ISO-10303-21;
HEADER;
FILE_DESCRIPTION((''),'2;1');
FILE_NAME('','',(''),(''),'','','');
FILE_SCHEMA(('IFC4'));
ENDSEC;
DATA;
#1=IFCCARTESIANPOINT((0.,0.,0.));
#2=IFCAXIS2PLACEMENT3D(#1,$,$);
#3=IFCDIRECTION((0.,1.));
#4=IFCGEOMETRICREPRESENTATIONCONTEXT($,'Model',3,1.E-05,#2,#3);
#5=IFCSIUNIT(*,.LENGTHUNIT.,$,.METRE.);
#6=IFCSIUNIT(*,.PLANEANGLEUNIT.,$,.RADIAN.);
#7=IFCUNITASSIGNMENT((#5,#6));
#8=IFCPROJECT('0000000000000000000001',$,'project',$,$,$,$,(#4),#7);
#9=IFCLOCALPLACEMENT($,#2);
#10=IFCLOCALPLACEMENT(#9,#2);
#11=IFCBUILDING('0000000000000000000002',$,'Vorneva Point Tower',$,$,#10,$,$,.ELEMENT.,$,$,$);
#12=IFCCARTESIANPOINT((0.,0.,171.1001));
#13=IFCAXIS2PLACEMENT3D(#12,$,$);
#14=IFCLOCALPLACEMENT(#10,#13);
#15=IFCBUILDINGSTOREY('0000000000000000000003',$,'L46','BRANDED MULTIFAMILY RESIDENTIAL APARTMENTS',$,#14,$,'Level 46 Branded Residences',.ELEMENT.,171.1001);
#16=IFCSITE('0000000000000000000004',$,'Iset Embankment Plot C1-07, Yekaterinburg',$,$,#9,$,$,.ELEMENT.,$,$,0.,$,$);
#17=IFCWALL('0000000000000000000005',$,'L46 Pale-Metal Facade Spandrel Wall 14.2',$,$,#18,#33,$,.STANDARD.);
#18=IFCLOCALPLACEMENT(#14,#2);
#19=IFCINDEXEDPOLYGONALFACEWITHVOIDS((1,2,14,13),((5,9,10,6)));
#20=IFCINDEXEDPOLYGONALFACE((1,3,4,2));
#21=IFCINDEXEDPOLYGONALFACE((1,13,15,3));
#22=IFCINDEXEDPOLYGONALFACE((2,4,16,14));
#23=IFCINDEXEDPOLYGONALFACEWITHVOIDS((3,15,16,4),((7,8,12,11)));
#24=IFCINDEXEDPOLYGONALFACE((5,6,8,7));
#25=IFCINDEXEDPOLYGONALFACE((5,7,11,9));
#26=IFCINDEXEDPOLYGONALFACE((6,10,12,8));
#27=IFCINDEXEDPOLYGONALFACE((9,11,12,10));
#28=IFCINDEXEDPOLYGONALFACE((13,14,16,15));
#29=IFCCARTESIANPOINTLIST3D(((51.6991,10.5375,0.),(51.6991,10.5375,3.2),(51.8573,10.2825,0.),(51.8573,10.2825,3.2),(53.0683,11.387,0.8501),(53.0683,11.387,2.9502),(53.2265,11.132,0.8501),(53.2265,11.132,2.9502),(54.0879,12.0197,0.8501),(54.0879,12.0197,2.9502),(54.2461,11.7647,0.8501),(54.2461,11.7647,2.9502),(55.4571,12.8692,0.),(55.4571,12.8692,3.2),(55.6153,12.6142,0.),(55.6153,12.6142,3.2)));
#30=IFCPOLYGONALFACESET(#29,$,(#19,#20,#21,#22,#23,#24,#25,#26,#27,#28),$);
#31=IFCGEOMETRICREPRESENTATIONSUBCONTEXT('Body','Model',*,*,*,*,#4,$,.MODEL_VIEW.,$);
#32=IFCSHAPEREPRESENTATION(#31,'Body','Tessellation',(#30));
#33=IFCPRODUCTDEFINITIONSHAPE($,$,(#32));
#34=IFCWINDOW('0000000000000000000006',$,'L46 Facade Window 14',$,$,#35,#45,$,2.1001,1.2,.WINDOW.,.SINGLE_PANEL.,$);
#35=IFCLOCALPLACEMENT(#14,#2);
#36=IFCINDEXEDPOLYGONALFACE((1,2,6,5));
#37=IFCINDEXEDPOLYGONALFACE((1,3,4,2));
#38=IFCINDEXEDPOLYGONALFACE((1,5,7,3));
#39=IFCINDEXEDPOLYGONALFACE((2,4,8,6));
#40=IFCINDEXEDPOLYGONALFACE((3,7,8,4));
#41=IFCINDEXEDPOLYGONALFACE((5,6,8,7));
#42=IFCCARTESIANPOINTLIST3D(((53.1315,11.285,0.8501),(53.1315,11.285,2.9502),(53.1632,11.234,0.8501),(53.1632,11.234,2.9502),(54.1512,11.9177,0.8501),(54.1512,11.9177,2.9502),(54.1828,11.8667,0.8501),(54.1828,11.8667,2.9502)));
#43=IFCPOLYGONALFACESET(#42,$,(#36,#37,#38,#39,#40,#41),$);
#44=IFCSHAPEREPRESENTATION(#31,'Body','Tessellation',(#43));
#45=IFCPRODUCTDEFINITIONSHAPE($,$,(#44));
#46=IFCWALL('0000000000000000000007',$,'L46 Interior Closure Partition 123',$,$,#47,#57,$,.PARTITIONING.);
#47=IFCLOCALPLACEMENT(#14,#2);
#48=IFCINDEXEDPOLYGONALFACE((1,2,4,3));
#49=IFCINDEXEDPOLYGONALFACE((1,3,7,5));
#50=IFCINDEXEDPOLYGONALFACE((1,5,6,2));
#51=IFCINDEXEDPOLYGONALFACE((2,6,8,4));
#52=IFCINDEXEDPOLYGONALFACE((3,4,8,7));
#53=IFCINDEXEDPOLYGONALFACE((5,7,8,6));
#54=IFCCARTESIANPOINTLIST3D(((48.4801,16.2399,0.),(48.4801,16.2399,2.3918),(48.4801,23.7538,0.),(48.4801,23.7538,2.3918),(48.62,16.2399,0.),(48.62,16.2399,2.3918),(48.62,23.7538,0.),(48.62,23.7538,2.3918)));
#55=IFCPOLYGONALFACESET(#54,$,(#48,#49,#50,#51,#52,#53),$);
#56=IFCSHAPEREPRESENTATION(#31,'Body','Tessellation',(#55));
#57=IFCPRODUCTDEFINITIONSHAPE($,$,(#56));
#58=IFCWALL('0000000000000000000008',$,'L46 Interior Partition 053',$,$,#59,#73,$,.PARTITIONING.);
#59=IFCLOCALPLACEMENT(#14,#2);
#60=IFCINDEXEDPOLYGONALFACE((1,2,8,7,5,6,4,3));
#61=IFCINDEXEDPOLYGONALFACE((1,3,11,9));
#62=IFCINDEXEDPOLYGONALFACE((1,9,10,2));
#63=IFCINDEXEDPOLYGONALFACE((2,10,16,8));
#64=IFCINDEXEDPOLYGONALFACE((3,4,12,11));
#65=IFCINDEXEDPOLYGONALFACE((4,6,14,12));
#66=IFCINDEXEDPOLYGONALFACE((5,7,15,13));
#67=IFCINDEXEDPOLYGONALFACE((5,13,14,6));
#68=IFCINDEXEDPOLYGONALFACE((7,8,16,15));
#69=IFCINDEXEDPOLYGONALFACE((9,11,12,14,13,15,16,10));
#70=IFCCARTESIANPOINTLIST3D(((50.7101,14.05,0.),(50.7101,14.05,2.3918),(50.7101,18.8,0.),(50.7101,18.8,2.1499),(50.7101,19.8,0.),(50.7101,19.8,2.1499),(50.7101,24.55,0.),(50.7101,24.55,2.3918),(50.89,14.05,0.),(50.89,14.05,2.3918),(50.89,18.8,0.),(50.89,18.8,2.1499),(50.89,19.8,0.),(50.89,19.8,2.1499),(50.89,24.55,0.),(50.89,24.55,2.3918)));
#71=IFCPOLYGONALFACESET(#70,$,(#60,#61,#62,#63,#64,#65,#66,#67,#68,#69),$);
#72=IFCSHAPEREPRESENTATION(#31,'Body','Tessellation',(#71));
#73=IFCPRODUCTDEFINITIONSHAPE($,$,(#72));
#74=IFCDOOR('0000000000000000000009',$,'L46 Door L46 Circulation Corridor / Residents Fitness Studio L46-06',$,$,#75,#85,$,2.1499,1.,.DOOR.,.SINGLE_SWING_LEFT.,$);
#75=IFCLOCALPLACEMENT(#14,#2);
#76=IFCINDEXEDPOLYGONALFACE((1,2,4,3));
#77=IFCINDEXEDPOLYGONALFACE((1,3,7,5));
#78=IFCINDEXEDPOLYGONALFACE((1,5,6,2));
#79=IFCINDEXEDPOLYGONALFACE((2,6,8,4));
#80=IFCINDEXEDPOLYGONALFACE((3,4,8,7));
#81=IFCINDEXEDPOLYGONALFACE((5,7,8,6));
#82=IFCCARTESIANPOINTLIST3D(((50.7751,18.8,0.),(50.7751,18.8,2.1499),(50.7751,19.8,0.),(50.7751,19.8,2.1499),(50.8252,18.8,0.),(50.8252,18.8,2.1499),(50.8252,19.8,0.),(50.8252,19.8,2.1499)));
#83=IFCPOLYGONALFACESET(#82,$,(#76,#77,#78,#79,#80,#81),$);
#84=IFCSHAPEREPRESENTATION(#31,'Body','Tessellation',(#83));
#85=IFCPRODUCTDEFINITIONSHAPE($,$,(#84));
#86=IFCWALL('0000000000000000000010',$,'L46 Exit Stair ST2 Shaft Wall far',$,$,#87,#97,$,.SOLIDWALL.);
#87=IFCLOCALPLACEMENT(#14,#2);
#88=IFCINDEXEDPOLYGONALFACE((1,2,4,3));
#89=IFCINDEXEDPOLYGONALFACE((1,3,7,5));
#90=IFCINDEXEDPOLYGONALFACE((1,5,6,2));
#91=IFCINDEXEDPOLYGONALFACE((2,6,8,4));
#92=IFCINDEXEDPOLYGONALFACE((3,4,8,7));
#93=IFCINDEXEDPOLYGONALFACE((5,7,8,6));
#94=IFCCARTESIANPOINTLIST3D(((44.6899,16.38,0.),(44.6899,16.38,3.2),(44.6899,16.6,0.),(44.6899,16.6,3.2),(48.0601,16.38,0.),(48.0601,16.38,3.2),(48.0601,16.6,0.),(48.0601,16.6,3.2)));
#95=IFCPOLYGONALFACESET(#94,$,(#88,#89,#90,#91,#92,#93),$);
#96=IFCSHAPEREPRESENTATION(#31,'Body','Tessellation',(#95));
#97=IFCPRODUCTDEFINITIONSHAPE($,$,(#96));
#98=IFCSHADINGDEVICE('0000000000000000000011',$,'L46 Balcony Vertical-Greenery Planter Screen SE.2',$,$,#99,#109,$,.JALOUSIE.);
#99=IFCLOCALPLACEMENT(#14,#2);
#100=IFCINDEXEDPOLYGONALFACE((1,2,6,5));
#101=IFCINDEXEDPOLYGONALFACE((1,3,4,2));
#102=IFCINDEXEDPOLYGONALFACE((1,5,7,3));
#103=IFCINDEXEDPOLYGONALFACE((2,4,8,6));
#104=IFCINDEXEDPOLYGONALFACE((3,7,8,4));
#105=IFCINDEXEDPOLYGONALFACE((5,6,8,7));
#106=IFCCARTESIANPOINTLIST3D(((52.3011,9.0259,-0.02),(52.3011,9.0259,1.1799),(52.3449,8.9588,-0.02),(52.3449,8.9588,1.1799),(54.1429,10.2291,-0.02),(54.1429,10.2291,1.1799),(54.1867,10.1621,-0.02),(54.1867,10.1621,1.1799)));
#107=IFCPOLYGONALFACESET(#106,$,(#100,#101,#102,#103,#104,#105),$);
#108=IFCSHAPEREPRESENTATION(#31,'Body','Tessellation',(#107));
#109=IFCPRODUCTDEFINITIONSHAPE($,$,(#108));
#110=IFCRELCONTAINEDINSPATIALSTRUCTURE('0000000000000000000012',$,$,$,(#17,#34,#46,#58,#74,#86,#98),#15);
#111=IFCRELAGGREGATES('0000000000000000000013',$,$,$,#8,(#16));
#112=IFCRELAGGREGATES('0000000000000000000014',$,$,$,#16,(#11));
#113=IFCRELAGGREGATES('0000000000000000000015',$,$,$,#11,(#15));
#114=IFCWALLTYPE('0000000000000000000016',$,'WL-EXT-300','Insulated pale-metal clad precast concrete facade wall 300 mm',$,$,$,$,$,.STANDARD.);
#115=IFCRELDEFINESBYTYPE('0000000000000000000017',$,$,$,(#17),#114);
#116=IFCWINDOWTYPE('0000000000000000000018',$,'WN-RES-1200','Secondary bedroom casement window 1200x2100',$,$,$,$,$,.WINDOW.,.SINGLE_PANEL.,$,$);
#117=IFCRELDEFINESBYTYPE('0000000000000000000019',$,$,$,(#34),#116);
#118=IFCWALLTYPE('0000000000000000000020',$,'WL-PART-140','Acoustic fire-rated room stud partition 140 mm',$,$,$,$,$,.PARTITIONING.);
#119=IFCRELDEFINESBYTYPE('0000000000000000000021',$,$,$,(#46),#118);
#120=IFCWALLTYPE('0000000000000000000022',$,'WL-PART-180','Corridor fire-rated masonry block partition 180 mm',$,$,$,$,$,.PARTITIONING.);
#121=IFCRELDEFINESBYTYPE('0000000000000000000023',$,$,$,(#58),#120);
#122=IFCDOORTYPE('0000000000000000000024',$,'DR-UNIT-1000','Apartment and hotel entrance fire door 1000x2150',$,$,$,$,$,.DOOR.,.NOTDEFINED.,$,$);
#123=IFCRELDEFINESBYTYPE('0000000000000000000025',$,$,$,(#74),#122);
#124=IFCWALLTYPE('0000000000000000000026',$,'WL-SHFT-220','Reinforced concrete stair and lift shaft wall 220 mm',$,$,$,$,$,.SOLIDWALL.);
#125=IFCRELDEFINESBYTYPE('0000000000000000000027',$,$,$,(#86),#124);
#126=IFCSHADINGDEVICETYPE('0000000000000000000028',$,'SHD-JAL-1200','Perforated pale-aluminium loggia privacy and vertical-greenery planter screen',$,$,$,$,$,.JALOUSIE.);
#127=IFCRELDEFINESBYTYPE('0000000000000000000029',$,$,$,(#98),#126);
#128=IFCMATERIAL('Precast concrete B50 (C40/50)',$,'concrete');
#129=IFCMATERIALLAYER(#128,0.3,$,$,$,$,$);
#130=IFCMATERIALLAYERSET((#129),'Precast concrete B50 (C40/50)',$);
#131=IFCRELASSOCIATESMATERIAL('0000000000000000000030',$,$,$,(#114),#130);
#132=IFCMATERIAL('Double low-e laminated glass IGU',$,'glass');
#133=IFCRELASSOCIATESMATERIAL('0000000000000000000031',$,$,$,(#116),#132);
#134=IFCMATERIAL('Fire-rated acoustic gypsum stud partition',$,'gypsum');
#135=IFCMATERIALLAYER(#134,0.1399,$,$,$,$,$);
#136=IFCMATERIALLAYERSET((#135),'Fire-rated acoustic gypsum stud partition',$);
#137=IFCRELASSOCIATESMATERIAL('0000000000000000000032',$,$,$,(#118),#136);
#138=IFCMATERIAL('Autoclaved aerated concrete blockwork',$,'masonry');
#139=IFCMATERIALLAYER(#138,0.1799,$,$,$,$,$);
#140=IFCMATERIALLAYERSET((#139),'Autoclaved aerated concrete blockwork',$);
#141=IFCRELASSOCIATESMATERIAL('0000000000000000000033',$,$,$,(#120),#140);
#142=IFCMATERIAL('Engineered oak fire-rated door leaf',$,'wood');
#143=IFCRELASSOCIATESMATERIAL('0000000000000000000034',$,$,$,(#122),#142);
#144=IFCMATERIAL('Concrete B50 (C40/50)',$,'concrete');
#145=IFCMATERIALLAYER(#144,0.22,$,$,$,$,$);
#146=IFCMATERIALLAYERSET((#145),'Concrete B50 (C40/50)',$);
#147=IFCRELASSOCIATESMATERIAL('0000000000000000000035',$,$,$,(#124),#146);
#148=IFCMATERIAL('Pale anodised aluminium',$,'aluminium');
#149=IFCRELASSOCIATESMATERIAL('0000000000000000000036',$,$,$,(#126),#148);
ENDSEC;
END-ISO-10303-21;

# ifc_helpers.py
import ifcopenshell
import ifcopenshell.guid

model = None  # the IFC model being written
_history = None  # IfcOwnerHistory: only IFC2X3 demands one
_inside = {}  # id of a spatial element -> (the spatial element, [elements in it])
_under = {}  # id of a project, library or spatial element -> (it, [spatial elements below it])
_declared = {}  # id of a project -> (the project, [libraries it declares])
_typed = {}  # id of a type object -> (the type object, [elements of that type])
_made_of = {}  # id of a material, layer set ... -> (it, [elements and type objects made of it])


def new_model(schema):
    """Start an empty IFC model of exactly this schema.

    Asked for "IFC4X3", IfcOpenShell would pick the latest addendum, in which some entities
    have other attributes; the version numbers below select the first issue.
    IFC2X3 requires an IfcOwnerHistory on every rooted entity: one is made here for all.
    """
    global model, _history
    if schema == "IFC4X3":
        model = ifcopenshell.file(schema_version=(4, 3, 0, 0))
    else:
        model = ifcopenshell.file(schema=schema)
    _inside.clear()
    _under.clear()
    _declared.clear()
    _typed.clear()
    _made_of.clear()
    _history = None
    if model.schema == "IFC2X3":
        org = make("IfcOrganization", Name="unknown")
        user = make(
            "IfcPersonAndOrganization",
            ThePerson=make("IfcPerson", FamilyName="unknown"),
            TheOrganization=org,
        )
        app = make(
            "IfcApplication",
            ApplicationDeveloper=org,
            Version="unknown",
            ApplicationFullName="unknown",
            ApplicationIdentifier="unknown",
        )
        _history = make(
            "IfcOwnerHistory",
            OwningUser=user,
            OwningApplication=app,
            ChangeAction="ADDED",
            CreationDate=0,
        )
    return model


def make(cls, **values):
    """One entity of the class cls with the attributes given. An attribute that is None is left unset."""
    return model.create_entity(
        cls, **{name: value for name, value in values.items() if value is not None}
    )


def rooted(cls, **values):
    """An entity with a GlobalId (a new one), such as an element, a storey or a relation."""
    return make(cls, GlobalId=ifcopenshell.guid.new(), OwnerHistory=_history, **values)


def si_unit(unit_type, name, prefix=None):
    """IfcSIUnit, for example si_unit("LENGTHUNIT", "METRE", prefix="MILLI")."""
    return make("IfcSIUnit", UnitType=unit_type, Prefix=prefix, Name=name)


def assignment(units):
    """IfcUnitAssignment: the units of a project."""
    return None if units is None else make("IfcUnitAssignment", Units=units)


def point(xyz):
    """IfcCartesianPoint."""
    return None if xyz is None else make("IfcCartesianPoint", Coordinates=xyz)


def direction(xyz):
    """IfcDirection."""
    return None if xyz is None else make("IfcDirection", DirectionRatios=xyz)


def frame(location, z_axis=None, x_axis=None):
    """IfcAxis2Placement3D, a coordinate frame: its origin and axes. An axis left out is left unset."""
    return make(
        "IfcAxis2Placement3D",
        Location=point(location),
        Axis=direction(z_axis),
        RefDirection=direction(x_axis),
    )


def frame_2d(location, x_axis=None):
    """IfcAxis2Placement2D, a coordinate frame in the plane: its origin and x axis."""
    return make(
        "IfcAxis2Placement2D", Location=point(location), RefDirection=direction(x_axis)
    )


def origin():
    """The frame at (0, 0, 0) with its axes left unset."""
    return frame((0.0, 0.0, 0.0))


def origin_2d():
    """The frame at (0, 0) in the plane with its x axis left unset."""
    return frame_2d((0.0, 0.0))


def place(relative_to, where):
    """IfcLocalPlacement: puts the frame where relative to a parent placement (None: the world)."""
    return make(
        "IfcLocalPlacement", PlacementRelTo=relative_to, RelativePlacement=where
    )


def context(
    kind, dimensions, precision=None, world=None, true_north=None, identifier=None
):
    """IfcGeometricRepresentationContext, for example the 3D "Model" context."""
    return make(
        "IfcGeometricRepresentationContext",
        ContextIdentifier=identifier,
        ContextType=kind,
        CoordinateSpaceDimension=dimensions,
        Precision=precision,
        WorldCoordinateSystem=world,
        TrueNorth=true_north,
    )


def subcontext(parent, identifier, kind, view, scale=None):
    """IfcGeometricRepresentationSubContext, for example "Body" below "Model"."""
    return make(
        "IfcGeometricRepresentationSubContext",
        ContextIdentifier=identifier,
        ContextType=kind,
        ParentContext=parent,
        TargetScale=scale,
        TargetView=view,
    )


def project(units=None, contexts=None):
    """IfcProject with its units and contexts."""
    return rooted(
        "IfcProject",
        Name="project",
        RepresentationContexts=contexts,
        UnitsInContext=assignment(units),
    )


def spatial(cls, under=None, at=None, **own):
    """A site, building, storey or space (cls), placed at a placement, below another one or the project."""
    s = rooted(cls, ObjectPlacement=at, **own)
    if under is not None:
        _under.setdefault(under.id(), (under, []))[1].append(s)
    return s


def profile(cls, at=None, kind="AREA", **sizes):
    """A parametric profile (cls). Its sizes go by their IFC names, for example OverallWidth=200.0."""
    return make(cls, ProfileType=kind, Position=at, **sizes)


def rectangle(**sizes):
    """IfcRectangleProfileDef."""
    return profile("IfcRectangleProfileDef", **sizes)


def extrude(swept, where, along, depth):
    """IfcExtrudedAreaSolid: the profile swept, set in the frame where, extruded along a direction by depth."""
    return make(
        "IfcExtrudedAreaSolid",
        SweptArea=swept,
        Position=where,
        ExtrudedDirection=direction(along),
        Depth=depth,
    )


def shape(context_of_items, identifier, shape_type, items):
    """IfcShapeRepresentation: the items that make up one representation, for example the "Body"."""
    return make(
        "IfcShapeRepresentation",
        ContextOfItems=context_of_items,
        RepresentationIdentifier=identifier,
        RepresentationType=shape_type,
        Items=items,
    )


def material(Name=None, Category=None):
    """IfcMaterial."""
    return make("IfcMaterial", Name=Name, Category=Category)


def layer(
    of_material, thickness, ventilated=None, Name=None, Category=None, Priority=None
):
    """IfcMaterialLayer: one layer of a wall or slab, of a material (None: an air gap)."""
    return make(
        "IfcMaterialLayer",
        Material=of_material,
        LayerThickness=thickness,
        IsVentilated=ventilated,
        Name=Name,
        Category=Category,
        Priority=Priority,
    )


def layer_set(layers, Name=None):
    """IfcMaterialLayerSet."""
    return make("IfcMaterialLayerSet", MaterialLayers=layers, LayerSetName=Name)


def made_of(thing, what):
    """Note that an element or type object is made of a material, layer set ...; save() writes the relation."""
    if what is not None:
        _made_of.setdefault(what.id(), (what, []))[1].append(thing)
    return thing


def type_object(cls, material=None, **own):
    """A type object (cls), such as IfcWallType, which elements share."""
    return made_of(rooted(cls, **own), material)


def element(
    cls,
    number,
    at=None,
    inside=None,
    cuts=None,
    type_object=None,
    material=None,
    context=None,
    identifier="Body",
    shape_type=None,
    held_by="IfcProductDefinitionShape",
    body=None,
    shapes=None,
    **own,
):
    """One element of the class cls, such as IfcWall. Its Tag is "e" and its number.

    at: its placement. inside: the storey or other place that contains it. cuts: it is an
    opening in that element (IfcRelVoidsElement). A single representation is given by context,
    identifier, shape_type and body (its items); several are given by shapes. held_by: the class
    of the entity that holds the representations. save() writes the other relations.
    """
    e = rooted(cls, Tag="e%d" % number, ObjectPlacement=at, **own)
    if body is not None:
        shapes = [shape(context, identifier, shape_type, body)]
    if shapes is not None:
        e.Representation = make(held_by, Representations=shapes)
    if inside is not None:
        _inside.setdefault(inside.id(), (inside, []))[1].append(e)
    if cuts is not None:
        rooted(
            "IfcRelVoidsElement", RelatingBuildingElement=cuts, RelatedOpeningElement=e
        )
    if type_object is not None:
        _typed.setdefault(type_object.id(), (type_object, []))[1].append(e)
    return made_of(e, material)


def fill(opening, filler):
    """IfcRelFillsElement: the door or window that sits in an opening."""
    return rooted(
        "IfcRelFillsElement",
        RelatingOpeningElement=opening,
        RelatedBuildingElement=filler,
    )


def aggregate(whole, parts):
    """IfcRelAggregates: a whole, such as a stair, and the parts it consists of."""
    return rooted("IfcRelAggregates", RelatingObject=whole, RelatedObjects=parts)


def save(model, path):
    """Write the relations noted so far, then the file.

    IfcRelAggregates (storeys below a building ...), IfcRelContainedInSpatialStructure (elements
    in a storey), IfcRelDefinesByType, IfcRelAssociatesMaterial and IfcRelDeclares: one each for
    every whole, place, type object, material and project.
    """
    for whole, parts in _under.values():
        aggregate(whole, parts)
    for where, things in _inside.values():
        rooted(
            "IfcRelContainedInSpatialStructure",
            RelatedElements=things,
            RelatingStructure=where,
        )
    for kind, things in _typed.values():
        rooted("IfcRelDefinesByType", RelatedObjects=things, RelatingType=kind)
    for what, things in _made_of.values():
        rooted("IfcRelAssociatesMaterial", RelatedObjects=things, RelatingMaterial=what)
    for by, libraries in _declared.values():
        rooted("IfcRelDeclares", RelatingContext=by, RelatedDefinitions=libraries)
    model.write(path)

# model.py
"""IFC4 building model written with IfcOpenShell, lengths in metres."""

from ifc_helpers import new_model, si_unit, direction, frame, frame_2d, origin, origin_2d, place, context, subcontext, project, spatial, rectangle, extrude, material, layer, layer_set, type_object, element, fill, save


model = new_model("IFC4")

# Units and contexts
model_context = context("Model", 3, precision=1e-05, world=origin(), true_north=direction((0.0, 1.0)))
body_context = subcontext(model_context, "Body", "Model", "MODEL_VIEW")
ifc_project = project(units=[si_unit("LENGTHUNIT", "METRE"), si_unit("PLANEANGLEUNIT", "RADIAN")], contexts=[model_context])

# Site, building, storey
site_placement = place(None, origin())
site = spatial("IfcSite", under=ifc_project, at=site_placement, Name="Iset Embankment Plot C1-07, Yekaterinburg", CompositionType="ELEMENT", RefElevation=0.0)
building_placement = place(site_placement, origin())
building = spatial("IfcBuilding", under=site, at=building_placement, Name="Vorneva Point Tower", CompositionType="ELEMENT")
storey_placement = place(building_placement, frame((0.0, 0.0, 171.1001)))
storey = spatial("IfcBuildingStorey", under=building, at=storey_placement, Name="L46", Description="BRANDED MULTIFAMILY RESIDENTIAL APARTMENTS", LongName="Level 46 Branded Residences", CompositionType="ELEMENT", Elevation=171.1001)

# Shared definitions
ifc_material_1 = material(Name="Pale anodised aluminium", Category="aluminium")

# Shared definitions
ifc_material_2 = material(Name="Double low-e laminated glass IGU", Category="glass")

# Shared definitions
ifc_material_3 = material(Name="Precast concrete B50 (C40/50)", Category="concrete")
ifc_layer_1 = layer(ifc_material_3, 0.3)
ifc_layer_set_1 = layer_set([ifc_layer_1], Name="Precast concrete B50 (C40/50)")
wall_type_1 = type_object("IfcWallType", Name="WL-EXT-300", Description="Insulated pale-metal clad precast concrete facade wall 300 mm", PredefinedType="STANDARD", material=ifc_layer_set_1)

# Wall, opening, window
wall_1_placement = place(storey_placement, frame((51.7781, 10.4099, 0.0), z_axis=(0.0, 0.0, 1.0), x_axis=(0.849721, 0.527232, 0.0)))
wall_1 = element("IfcWall", 1, at=wall_1_placement, inside=storey, type_object=wall_type_1, Name="L46 Pale-Metal Facade Spandrel Wall 14.2", PredefinedType="STANDARD", context=body_context, shape_type="SweptSolid", body=[
    extrude(rectangle(XDim=4.4226, YDim=0.3, at=frame_2d((2.2114, 0.0))), origin(), (0.0, 0.0, 1.0), 3.2),
])
opening_1_placement = place(wall_1_placement, frame((1.6113, 0.0, 0.8501)))
opening_1 = element("IfcOpeningElement", 2, at=opening_1_placement, cuts=wall_1, PredefinedType="OPENING", context=body_context, shape_type="SweptSolid", body=[
    extrude(rectangle(XDim=1.2, YDim=2.1001, at=frame_2d((0.6001, 1.05))), frame((0.0, 0.165, 0.0), z_axis=(0.0, -1.0, 0.0), x_axis=(1.0, 0.0, 0.0)), (0.0, 0.0, 1.0), 0.3298),
])
window_type = type_object("IfcWindowType", Name="WN-RES-1200", Description="Secondary bedroom casement window 1200x2100", PartitioningType="SINGLE_PANEL", PredefinedType="WINDOW", material=ifc_material_2)
window_placement = place(opening_1_placement, origin())
window = element("IfcWindow", 3, at=window_placement, inside=storey, type_object=window_type, Name="L46 Facade Window 14", OverallHeight=2.1001, OverallWidth=1.2, PartitioningType="SINGLE_PANEL", PredefinedType="WINDOW", context=body_context, shape_type="SweptSolid", body=[
    extrude(rectangle(XDim=1.2, YDim=2.1001, at=frame_2d((0.6001, 1.05))), frame((0.0, 0.03, 0.0), z_axis=(0.0, -1.0, 0.0), x_axis=(1.0, 0.0, 0.0)), (0.0, 0.0, 1.0), 0.0601),
])
fill(opening_1, window)

# Wall
ifc_material_4 = material(Name="Fire-rated acoustic gypsum stud partition", Category="gypsum")
ifc_layer_2 = layer(ifc_material_4, 0.1399)
ifc_layer_set_2 = layer_set([ifc_layer_2], Name="Fire-rated acoustic gypsum stud partition")
wall_type_2 = type_object("IfcWallType", Name="WL-PART-140", Description="Acoustic fire-rated room stud partition 140 mm", PredefinedType="PARTITIONING", material=ifc_layer_set_2)
wall_2_placement = place(storey_placement, frame((48.55, 16.24, 0.0), z_axis=(0.0, 0.0, 1.0), x_axis=(0.0, 1.0, 0.0)))
element("IfcWall", 4, at=wall_2_placement, inside=storey, type_object=wall_type_2, Name="L46 Interior Closure Partition 123", PredefinedType="PARTITIONING", context=body_context, shape_type="SweptSolid", body=[
    extrude(rectangle(XDim=7.5139, YDim=0.1399, at=frame_2d((3.7568, 0.0))), origin(), (0.0, 0.0, 1.0), 2.3918),
])

# Wall, opening, door
ifc_material_5 = material(Name="Autoclaved aerated concrete blockwork", Category="masonry")
ifc_layer_3 = layer(ifc_material_5, 0.1799)
ifc_layer_set_3 = layer_set([ifc_layer_3], Name="Autoclaved aerated concrete blockwork")
wall_type_3 = type_object("IfcWallType", Name="WL-PART-180", Description="Corridor fire-rated masonry block partition 180 mm", PredefinedType="PARTITIONING", material=ifc_layer_set_3)
wall_3_placement = place(storey_placement, frame((50.8, 14.05, 0.0), z_axis=(0.0, 0.0, 1.0), x_axis=(0.0, 1.0, 0.0)))
wall_3 = element("IfcWall", 5, at=wall_3_placement, inside=storey, type_object=wall_type_3, Name="L46 Interior Partition 053", PredefinedType="PARTITIONING", context=body_context, shape_type="SweptSolid", body=[
    extrude(rectangle(XDim=10.5, YDim=0.1799, at=frame_2d((5.25, 0.0))), origin(), (0.0, 0.0, 1.0), 2.3918),
])
opening_2_placement = place(wall_3_placement, frame((4.75, 0.0, 0.0)))
opening_2 = element("IfcOpeningElement", 6, at=opening_2_placement, cuts=wall_3, PredefinedType="OPENING", context=body_context, shape_type="SweptSolid", body=[
    extrude(rectangle(XDim=1.0, YDim=2.1499, at=frame_2d((0.5, 1.075))), frame((0.0, 0.105, 0.0), z_axis=(0.0, -1.0, 0.0), x_axis=(1.0, 0.0, 0.0)), (0.0, 0.0, 1.0), 0.2097),
])
ifc_material_6 = material(Name="Engineered oak fire-rated door leaf", Category="wood")
door_type_1 = type_object("IfcDoorType", Name="DR-UNIT-1000", Description="Apartment and hotel entrance fire door 1000x2150", OperationType="NOTDEFINED", PredefinedType="DOOR", material=ifc_material_6)
door_1_placement = place(opening_2_placement, origin())
door_1 = element("IfcDoor", 7, at=door_1_placement, inside=storey, type_object=door_type_1, Name="L46 Door L46 Circulation Corridor / Residents Fitness Studio L46-06", OperationType="SINGLE_SWING_LEFT", OverallHeight=2.1499, OverallWidth=1.0, PredefinedType="DOOR", context=body_context, shape_type="SweptSolid", body=[
    extrude(rectangle(XDim=1.0, YDim=2.1499, at=frame_2d((0.5, 1.075))), frame((0.0, 0.0249, 0.0), z_axis=(0.0, -1.0, 0.0), x_axis=(1.0, 0.0, 0.0)), (0.0, 0.0, 1.0), 0.05),
])
fill(opening_2, door_1)

# Wall
ifc_material_7 = material(Name="Concrete B50 (C40/50)", Category="concrete")
ifc_layer_4 = layer(ifc_material_7, 0.22)
ifc_layer_set_4 = layer_set([ifc_layer_4], Name="Concrete B50 (C40/50)")
wall_type_4 = type_object("IfcWallType", Name="WL-SHFT-220", Description="Reinforced concrete stair and lift shaft wall 220 mm", PredefinedType="SOLIDWALL", material=ifc_layer_set_4)
wall_4_placement = place(storey_placement, frame((48.0601, 16.49, 0.0), z_axis=(0.0, 0.0, 1.0), x_axis=(-1.0, 0.0, 0.0)))
element("IfcWall", 8, at=wall_4_placement, inside=storey, type_object=wall_type_4, Name="L46 Exit Stair ST2 Shaft Wall far", PredefinedType="SOLIDWALL", context=body_context, shape_type="SweptSolid", body=[
    extrude(rectangle(XDim=3.3701, YDim=0.22, at=frame_2d((1.6851, 0.0))), origin(), (0.0, 0.0, 1.0), 3.2),
])

# Shading device
shading_device_type = type_object("IfcShadingDeviceType", Name="SHD-JAL-1200", Description="Perforated pale-aluminium loggia privacy and vertical-greenery planter screen", PredefinedType="JALOUSIE", material=ifc_material_1)
shading_device_placement = place(storey_placement, frame((53.2439, 9.594, -0.02), z_axis=(0.0, 0.0, 1.0), x_axis=(0.837165, 0.54695, 0.0)))
element("IfcShadingDevice", 9, at=shading_device_placement, inside=storey, type_object=shading_device_type, Name="L46 Balcony Vertical-Greenery Planter Screen SE.2", PredefinedType="JALOUSIE", context=body_context, shape_type="SweptSolid", body=[
    extrude(rectangle(XDim=2.2, YDim=0.0801, at=origin_2d()), origin(), (0.0, 0.0, 1.0), 1.2),
])

save(model, "model.ifc")
